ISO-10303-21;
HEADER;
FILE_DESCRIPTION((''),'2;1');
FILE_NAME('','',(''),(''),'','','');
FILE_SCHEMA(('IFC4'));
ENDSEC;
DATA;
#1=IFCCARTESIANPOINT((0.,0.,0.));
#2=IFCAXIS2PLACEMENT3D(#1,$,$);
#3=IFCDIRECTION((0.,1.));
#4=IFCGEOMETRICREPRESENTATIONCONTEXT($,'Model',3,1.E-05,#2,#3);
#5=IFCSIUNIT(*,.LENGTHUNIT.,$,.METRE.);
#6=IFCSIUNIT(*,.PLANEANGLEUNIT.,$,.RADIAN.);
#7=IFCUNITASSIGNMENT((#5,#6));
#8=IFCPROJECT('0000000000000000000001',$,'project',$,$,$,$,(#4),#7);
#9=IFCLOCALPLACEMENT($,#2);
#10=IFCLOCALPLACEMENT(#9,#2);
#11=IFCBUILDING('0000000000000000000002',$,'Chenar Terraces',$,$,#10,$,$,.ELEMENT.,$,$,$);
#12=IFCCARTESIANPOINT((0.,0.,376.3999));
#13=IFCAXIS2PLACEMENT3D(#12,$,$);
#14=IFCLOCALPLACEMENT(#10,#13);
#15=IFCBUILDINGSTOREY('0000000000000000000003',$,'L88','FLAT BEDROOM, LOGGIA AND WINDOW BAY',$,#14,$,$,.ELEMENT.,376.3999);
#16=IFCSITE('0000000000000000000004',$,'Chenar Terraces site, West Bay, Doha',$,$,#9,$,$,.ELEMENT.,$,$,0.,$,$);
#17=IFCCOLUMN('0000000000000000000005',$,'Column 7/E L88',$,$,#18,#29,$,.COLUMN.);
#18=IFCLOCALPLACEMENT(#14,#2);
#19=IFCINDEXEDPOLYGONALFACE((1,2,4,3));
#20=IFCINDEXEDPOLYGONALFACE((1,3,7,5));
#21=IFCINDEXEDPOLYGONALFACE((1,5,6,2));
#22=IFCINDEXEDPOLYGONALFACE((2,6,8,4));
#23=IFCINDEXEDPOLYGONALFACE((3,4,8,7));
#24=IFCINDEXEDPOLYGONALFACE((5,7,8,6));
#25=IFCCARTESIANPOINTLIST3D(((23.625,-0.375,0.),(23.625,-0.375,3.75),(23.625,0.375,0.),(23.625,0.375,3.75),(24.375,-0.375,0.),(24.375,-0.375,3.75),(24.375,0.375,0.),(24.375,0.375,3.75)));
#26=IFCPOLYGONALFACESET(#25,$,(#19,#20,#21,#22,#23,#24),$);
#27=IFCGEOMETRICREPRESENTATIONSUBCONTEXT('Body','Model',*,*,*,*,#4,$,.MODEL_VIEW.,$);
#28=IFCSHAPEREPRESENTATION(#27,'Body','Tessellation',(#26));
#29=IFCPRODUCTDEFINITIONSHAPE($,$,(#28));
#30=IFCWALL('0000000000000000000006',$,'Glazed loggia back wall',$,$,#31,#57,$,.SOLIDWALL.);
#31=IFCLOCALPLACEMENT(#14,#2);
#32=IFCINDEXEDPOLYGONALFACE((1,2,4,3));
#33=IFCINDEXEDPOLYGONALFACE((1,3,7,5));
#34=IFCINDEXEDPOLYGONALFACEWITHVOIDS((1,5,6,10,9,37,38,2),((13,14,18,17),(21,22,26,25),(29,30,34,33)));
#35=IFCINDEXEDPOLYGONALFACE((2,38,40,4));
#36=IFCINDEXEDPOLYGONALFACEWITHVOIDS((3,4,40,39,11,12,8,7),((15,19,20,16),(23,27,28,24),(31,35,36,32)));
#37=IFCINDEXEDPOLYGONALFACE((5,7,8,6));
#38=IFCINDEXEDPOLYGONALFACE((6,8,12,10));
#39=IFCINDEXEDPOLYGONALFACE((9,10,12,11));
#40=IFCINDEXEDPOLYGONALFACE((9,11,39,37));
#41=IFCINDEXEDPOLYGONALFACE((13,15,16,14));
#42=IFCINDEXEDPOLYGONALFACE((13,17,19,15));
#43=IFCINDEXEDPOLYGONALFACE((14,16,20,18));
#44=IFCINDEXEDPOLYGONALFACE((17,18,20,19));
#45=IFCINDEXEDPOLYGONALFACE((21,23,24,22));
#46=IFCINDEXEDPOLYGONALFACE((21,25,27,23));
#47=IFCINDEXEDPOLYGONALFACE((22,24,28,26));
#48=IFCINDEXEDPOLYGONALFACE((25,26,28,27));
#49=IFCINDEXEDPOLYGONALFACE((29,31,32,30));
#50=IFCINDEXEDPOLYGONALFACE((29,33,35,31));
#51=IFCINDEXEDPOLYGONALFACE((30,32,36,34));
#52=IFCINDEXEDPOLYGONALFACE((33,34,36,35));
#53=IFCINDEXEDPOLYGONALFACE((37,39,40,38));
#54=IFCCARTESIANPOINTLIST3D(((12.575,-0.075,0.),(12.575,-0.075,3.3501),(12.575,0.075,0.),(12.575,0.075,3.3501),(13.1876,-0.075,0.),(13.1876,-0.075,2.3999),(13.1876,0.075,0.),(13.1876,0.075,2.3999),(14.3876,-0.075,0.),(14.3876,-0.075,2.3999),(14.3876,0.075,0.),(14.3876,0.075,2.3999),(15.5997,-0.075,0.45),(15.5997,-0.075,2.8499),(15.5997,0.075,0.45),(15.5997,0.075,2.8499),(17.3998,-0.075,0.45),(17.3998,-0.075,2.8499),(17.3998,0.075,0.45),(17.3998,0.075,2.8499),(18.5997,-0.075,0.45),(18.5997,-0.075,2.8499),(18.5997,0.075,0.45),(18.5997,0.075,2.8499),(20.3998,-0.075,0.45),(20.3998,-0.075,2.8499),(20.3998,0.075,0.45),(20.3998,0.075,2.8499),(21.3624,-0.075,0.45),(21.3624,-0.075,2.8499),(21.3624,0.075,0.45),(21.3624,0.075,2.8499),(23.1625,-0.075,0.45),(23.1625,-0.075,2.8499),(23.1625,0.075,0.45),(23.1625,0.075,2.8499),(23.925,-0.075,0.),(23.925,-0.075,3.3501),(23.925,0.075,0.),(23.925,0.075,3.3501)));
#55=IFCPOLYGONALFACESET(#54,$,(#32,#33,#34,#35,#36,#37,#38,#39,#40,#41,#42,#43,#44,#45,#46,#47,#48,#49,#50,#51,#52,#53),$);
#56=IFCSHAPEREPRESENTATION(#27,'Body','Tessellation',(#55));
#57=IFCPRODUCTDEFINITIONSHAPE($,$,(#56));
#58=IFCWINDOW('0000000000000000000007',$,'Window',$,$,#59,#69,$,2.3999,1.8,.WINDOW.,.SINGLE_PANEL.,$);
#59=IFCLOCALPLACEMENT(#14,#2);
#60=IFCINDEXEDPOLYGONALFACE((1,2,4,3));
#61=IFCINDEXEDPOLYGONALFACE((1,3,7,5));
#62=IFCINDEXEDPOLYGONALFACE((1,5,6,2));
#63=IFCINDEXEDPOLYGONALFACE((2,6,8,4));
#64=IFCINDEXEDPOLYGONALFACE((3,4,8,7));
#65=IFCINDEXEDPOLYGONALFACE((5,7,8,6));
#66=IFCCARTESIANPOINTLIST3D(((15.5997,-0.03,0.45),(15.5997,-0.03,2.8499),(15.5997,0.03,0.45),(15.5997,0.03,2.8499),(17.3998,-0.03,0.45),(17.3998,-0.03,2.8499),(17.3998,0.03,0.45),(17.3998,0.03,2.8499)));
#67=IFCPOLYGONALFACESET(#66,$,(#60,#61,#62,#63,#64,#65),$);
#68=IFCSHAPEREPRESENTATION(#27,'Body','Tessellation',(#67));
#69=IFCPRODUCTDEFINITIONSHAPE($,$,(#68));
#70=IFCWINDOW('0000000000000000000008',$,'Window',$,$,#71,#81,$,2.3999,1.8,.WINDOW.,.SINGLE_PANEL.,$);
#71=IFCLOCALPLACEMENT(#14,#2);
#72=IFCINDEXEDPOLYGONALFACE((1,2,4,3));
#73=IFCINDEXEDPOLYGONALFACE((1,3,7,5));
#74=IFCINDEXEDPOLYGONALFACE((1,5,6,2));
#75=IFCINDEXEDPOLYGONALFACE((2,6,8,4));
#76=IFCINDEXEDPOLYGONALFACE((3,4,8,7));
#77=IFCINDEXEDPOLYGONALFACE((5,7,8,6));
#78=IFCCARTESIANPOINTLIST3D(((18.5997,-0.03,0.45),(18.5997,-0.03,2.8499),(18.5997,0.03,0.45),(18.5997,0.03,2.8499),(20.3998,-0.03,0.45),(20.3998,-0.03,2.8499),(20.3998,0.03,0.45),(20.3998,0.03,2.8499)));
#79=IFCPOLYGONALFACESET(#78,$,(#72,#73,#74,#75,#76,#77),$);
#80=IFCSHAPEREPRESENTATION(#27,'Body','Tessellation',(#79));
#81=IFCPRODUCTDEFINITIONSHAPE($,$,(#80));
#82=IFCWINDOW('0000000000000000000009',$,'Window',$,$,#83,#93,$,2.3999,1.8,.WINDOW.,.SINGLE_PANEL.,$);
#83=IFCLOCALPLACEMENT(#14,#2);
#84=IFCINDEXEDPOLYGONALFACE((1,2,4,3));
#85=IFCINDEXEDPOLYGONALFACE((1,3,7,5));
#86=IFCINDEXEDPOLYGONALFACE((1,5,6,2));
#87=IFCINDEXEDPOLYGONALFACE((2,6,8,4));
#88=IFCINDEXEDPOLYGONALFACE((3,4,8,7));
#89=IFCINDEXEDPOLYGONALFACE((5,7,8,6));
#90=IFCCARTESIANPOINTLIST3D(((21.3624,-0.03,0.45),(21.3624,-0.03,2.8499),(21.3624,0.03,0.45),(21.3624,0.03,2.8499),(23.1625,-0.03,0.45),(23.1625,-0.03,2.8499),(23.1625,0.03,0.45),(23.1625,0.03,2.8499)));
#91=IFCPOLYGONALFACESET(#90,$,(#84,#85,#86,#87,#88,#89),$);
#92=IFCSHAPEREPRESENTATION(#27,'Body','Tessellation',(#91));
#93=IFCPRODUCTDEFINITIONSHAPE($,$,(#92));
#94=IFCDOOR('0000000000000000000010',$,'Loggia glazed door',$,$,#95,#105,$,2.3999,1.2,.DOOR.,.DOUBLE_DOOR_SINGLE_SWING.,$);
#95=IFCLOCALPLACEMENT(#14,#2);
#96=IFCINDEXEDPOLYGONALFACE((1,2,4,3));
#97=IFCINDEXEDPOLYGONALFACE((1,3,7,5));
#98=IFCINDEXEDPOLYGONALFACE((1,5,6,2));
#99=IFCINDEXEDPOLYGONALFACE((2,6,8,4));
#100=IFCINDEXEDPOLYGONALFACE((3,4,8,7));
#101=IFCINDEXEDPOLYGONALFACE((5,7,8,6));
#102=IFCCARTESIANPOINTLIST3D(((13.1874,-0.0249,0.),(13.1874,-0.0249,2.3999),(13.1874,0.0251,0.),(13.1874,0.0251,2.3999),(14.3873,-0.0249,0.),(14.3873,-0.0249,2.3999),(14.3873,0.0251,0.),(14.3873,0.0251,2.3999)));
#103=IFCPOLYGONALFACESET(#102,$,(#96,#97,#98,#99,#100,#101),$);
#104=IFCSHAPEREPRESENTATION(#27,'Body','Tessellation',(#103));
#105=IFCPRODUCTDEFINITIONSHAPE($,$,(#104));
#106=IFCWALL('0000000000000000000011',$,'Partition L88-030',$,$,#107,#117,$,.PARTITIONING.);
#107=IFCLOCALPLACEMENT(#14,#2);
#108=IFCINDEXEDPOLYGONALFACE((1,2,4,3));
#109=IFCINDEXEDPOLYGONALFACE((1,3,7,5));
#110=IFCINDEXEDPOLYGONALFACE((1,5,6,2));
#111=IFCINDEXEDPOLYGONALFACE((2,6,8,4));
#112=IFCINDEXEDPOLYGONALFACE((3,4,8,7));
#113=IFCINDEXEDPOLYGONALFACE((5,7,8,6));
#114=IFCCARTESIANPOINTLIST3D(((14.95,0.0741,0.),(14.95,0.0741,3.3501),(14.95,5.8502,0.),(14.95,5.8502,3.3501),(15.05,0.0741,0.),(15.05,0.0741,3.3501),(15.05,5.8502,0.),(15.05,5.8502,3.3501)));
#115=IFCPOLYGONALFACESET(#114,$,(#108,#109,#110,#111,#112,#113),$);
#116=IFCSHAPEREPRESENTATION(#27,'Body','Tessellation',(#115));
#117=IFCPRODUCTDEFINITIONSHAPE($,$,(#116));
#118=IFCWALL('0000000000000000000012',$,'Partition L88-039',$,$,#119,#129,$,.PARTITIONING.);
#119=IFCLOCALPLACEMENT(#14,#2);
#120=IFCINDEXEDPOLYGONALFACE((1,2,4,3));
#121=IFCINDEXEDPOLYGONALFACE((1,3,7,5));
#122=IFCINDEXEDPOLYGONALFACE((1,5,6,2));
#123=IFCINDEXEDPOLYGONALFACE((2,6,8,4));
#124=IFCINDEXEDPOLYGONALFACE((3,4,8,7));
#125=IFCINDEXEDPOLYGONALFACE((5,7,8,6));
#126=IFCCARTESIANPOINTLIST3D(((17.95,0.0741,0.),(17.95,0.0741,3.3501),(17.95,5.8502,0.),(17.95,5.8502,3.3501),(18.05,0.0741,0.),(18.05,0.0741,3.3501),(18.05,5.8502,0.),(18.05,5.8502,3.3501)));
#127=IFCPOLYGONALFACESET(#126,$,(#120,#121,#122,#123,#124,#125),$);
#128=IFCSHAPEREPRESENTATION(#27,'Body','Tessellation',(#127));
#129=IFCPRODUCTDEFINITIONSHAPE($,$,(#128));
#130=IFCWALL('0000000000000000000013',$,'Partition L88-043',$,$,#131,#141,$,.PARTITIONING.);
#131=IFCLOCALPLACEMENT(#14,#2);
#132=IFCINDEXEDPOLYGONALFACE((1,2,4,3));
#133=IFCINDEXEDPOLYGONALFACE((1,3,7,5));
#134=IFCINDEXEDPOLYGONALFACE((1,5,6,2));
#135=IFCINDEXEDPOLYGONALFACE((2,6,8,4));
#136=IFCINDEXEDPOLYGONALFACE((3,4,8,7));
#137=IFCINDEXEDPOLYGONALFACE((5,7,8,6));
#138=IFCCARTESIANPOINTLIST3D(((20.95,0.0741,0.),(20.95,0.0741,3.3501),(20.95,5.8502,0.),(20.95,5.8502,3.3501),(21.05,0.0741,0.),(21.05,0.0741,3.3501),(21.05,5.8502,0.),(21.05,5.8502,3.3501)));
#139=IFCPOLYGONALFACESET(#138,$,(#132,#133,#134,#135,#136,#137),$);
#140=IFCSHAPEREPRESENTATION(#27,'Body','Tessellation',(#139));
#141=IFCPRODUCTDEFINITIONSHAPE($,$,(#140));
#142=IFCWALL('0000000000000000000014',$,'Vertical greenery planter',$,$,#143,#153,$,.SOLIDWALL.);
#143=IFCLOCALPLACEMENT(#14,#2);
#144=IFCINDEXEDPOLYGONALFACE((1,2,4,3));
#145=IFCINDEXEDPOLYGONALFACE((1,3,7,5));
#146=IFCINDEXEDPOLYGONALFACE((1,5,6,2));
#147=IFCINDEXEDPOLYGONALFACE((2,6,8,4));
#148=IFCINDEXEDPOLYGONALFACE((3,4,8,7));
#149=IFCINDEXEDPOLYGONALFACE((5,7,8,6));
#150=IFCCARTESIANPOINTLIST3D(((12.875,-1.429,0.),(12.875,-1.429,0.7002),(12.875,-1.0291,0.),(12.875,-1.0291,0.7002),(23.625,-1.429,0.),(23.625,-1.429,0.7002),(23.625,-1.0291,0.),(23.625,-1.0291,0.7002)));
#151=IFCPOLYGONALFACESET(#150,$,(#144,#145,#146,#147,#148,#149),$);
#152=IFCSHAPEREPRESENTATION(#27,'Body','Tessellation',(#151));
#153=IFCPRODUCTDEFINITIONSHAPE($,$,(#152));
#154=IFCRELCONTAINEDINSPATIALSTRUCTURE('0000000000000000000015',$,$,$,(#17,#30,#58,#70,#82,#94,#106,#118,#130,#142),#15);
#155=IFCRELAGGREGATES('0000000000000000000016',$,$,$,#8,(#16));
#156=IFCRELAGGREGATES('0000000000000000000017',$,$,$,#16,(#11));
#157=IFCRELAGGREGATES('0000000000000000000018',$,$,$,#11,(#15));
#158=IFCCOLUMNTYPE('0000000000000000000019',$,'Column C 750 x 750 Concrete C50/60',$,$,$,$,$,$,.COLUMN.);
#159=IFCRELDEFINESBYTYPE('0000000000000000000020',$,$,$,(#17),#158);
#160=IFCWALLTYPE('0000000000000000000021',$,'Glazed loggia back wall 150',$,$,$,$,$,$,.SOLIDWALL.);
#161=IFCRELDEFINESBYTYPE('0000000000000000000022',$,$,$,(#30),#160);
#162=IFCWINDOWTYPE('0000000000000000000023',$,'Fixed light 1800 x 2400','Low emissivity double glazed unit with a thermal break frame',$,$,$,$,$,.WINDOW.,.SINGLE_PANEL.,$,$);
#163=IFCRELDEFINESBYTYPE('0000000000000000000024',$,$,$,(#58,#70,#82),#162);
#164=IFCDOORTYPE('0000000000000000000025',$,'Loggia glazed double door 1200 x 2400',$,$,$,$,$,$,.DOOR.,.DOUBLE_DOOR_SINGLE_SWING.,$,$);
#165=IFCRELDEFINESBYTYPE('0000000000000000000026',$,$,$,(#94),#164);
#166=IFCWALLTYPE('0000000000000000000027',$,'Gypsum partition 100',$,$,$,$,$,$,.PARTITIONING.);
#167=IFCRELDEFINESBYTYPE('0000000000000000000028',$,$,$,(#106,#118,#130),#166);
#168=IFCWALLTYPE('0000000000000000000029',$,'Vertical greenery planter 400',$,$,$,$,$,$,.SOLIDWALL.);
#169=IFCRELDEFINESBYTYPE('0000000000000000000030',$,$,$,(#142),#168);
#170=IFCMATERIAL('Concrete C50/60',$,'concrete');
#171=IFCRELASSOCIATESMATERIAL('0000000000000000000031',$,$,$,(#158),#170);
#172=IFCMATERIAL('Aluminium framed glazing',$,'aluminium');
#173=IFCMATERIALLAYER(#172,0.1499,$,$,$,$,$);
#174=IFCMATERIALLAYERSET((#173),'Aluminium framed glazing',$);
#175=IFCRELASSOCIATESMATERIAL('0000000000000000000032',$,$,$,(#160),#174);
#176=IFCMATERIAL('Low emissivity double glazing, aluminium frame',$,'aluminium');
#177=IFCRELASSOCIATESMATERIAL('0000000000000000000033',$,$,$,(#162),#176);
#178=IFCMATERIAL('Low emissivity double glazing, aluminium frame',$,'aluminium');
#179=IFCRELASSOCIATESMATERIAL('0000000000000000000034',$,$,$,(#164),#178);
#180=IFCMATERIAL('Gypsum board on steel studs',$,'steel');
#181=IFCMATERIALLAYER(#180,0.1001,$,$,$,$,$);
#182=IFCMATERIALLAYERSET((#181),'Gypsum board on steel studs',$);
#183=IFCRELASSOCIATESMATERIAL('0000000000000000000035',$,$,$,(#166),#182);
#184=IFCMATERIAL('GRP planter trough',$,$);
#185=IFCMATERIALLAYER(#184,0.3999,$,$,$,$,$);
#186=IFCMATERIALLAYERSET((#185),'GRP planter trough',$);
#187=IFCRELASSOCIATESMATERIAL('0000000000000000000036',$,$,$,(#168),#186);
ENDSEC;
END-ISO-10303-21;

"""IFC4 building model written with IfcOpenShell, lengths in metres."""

from ifc_helpers import new_model, si_unit, direction, frame, frame_2d, origin, origin_2d, place, context, subcontext, project, spatial, rectangle, extrude, material, layer, layer_set, material_profile, profile_set, type_object, element, fill, save


model = new_model("IFC4")

# Units and contexts
model_context = context("Model", 3, precision=1e-05, world=origin(), true_north=direction((0.0, 1.0)))
body_context = subcontext(model_context, "Body", "Model", "MODEL_VIEW")
ifc_project = project(units=[si_unit("LENGTHUNIT", "METRE"), si_unit("PLANEANGLEUNIT", "RADIAN")], contexts=[model_context])

# Site, building, storey
site_placement = place(None, origin())
site = spatial("IfcSite", under=ifc_project, at=site_placement, Name="Chenar Terraces site, West Bay, Doha", CompositionType="ELEMENT", RefElevation=0.0)
building_placement = place(site_placement, origin())
building = spatial("IfcBuilding", under=site, at=building_placement, Name="Chenar Terraces", CompositionType="ELEMENT")
storey_placement = place(building_placement, frame((0.0, 0.0, 376.3999)))
storey = spatial("IfcBuildingStorey", under=building, at=storey_placement, Name="L88", Description="FLAT BEDROOM, LOGGIA AND WINDOW BAY", CompositionType="ELEMENT", Elevation=376.3999)

# Column
ifc_material_1 = material(Name="Concrete C50/60", Category="concrete")
ifc_material_profile_1 = material_profile(ifc_material_1, rectangle(XDim=0.75, YDim=0.75, at=origin_2d()), Name="C 750 x 750")
ifc_profile_set_1 = profile_set([ifc_material_profile_1], Name="Concrete C50/60")
column_type = type_object("IfcColumnType", Name="Column C 750 x 750 Concrete C50/60", PredefinedType="COLUMN", material=ifc_profile_set_1)
column_placement = place(storey_placement, frame((24.0, 0.0, 0.0), z_axis=(0.0, 0.0, 1.0), x_axis=(1.0, 0.0, 0.0)))
element("IfcColumn", 1, at=column_placement, inside=storey, type_object=column_type, Name="Column 7/E L88", PredefinedType="COLUMN", context=body_context, shape_type="SweptSolid", body=[
    extrude(rectangle(XDim=0.75, YDim=0.75, at=origin_2d()), origin(), (0.0, 0.0, 1.0), 3.75),
])

# Wall, openings, windows, door
ifc_material_2 = material(Name="Aluminium framed glazing", Category="aluminium")
ifc_layer_1 = layer(ifc_material_2, 0.1499)
ifc_layer_set_1 = layer_set([ifc_layer_1], Name="Aluminium framed glazing")
wall_type_1 = type_object("IfcWallType", Name="Glazed loggia back wall 150", PredefinedType="SOLIDWALL", material=ifc_layer_set_1)
wall_1_placement = place(storey_placement, frame((12.575, 0.0, 0.0), z_axis=(0.0, 0.0, 1.0), x_axis=(1.0, 0.0, 0.0)))
wall_1 = element("IfcWall", 2, at=wall_1_placement, inside=storey, type_object=wall_type_1, Name="Glazed loggia back wall", PredefinedType="SOLIDWALL", context=body_context, shape_type="SweptSolid", body=[
    extrude(rectangle(XDim=11.3501, YDim=0.1499, at=frame_2d((5.675, 0.0))), origin(), (0.0, 0.0, 1.0), 3.3501),
])
opening_1_placement = place(wall_1_placement, frame((0.6125, 0.0, 0.0)))
opening_1 = element("IfcOpeningElement", 3, at=opening_1_placement, cuts=wall_1, PredefinedType="OPENING", context=body_context, shape_type="SweptSolid", body=[
    extrude(rectangle(XDim=1.2, YDim=2.3999, at=frame_2d((0.6001, 1.2))), frame((0.0, 0.085, 0.0), z_axis=(0.0, -1.0, 0.0), x_axis=(1.0, 0.0, 0.0)), (0.0, 0.0, 1.0), 0.1699),
])
opening_2_placement = place(wall_1_placement, frame((3.0249, 0.0, 0.45)))
opening_2 = element("IfcOpeningElement", 4, at=opening_2_placement, cuts=wall_1, PredefinedType="OPENING", context=body_context, shape_type="SweptSolid", body=[
    extrude(rectangle(XDim=1.8, YDim=2.3999, at=frame_2d((0.8999, 1.2))), frame((0.0, 0.085, 0.0), z_axis=(0.0, -1.0, 0.0), x_axis=(1.0, 0.0, 0.0)), (0.0, 0.0, 1.0), 0.1699),
])
opening_3_placement = place(wall_1_placement, frame((6.0249, 0.0, 0.45)))
opening_3 = element("IfcOpeningElement", 5, at=opening_3_placement, cuts=wall_1, PredefinedType="OPENING", context=body_context, shape_type="SweptSolid", body=[
    extrude(rectangle(XDim=1.8, YDim=2.3999, at=frame_2d((0.8999, 1.2))), frame((0.0, 0.085, 0.0), z_axis=(0.0, -1.0, 0.0), x_axis=(1.0, 0.0, 0.0)), (0.0, 0.0, 1.0), 0.1699),
])
opening_4_placement = place(wall_1_placement, frame((8.7876, 0.0, 0.45)))
opening_4 = element("IfcOpeningElement", 6, at=opening_4_placement, cuts=wall_1, PredefinedType="OPENING", context=body_context, shape_type="SweptSolid", body=[
    extrude(rectangle(XDim=1.8, YDim=2.3999, at=frame_2d((0.8999, 1.2))), frame((0.0, 0.085, 0.0), z_axis=(0.0, -1.0, 0.0), x_axis=(1.0, 0.0, 0.0)), (0.0, 0.0, 1.0), 0.1699),
])
ifc_material_3 = material(Name="Low emissivity double glazing, aluminium frame", Category="aluminium")
window_type = type_object("IfcWindowType", Name="Fixed light 1800 x 2400", Description="Low emissivity double glazed unit with a thermal break frame", PartitioningType="SINGLE_PANEL", PredefinedType="WINDOW", material=ifc_material_3)
window_1_placement = place(opening_2_placement, origin())
window_1 = element("IfcWindow", 7, at=window_1_placement, inside=storey, type_object=window_type, Name="Window", OverallHeight=2.3999, OverallWidth=1.8, PartitioningType="SINGLE_PANEL", PredefinedType="WINDOW", context=body_context, shape_type="SweptSolid", body=[
    extrude(rectangle(XDim=1.8, YDim=2.3999, at=frame_2d((0.8999, 1.2))), frame((0.0, 0.03, 0.0), z_axis=(0.0, -1.0, 0.0), x_axis=(1.0, 0.0, 0.0)), (0.0, 0.0, 1.0), 0.0601),
])
fill(opening_2, window_1)
window_2_placement = place(opening_3_placement, origin())
window_2 = element("IfcWindow", 8, at=window_2_placement, inside=storey, type_object=window_type, Name="Window", OverallHeight=2.3999, OverallWidth=1.8, PartitioningType="SINGLE_PANEL", PredefinedType="WINDOW", context=body_context, shape_type="SweptSolid", body=[
    extrude(rectangle(XDim=1.8, YDim=2.3999, at=frame_2d((0.8999, 1.2))), frame((0.0, 0.03, 0.0), z_axis=(0.0, -1.0, 0.0), x_axis=(1.0, 0.0, 0.0)), (0.0, 0.0, 1.0), 0.0601),
])
fill(opening_3, window_2)
window_3_placement = place(opening_4_placement, origin())
window_3 = element("IfcWindow", 9, at=window_3_placement, inside=storey, type_object=window_type, Name="Window", OverallHeight=2.3999, OverallWidth=1.8, PartitioningType="SINGLE_PANEL", PredefinedType="WINDOW", context=body_context, shape_type="SweptSolid", body=[
    extrude(rectangle(XDim=1.8, YDim=2.3999, at=frame_2d((0.8999, 1.2))), frame((0.0, 0.03, 0.0), z_axis=(0.0, -1.0, 0.0), x_axis=(1.0, 0.0, 0.0)), (0.0, 0.0, 1.0), 0.0601),
])
fill(opening_4, window_3)
ifc_material_4 = material(Name="Low emissivity double glazing, aluminium frame", Category="aluminium")
door_type = type_object("IfcDoorType", Name="Loggia glazed double door 1200 x 2400", OperationType="DOUBLE_DOOR_SINGLE_SWING", PredefinedType="DOOR", material=ifc_material_4)
door_placement = place(opening_1_placement, frame((1.2, 0.0, 0.0), z_axis=(0.0, 0.0, 1.0), x_axis=(-1.0, 0.0, 0.0)))
door = element("IfcDoor", 10, at=door_placement, inside=storey, type_object=door_type, Name="Loggia glazed door", OperationType="DOUBLE_DOOR_SINGLE_SWING", OverallHeight=2.3999, OverallWidth=1.2, PredefinedType="DOOR", context=body_context, shape_type="SweptSolid", body=[
    extrude(rectangle(XDim=1.2, YDim=2.3999, at=frame_2d((0.6001, 1.2))), frame((0.0, 0.0249, 0.0), z_axis=(0.0, -1.0, 0.0), x_axis=(1.0, 0.0, 0.0)), (0.0, 0.0, 1.0), 0.05),
])
fill(opening_1, door)

# Walls
ifc_material_5 = material(Name="Gypsum board on steel studs", Category="steel")
ifc_layer_2 = layer(ifc_material_5, 0.1001)
ifc_layer_set_2 = layer_set([ifc_layer_2], Name="Gypsum board on steel studs")
wall_type_2 = type_object("IfcWallType", Name="Gypsum partition 100", PredefinedType="PARTITIONING", material=ifc_layer_set_2)
for number, where, z_axis, x_axis, name in (
    (11, (15.0, 0.074, 0.0), (0.0, 0.0, 1.0), (0.0, 1.0, 0.0), "Partition L88-030"),
    (12, (18.0, 0.074, 0.0), (0.0, 0.0, 1.0), (0.0, 1.0, 0.0), "Partition L88-039"),
    (13, (21.0, 0.074, 0.0), (0.0, 0.0, 1.0), (0.0, 1.0, 0.0), "Partition L88-043"),
):
    element("IfcWall", number, at=place(storey_placement, frame(where, z_axis=z_axis, x_axis=x_axis)), inside=storey, type_object=wall_type_2, Name=name, PredefinedType="PARTITIONING", context=body_context, shape_type="SweptSolid", body=[
        extrude(rectangle(XDim=5.7761, YDim=0.1001, at=frame_2d((2.8882, 0.0))), origin(), (0.0, 0.0, 1.0), 3.3501),
    ])
ifc_material_6 = material(Name="GRP planter trough")
ifc_layer_3 = layer(ifc_material_6, 0.3999)
ifc_layer_set_3 = layer_set([ifc_layer_3], Name="GRP planter trough")
wall_type_3 = type_object("IfcWallType", Name="Vertical greenery planter 400", PredefinedType="SOLIDWALL", material=ifc_layer_set_3)
wall_2_placement = place(storey_placement, frame((12.875, -1.229, 0.0), z_axis=(0.0, 0.0, 1.0), x_axis=(1.0, 0.0, 0.0)))
element("IfcWall", 14, at=wall_2_placement, inside=storey, type_object=wall_type_3, Name="Vertical greenery planter", PredefinedType="SOLIDWALL", context=body_context, shape_type="SweptSolid", body=[
    extrude(rectangle(XDim=10.75, YDim=0.3999, at=frame_2d((5.375, 0.0))), origin(), (0.0, 0.0, 1.0), 0.7002),
])

save(model, "model.ifc")
